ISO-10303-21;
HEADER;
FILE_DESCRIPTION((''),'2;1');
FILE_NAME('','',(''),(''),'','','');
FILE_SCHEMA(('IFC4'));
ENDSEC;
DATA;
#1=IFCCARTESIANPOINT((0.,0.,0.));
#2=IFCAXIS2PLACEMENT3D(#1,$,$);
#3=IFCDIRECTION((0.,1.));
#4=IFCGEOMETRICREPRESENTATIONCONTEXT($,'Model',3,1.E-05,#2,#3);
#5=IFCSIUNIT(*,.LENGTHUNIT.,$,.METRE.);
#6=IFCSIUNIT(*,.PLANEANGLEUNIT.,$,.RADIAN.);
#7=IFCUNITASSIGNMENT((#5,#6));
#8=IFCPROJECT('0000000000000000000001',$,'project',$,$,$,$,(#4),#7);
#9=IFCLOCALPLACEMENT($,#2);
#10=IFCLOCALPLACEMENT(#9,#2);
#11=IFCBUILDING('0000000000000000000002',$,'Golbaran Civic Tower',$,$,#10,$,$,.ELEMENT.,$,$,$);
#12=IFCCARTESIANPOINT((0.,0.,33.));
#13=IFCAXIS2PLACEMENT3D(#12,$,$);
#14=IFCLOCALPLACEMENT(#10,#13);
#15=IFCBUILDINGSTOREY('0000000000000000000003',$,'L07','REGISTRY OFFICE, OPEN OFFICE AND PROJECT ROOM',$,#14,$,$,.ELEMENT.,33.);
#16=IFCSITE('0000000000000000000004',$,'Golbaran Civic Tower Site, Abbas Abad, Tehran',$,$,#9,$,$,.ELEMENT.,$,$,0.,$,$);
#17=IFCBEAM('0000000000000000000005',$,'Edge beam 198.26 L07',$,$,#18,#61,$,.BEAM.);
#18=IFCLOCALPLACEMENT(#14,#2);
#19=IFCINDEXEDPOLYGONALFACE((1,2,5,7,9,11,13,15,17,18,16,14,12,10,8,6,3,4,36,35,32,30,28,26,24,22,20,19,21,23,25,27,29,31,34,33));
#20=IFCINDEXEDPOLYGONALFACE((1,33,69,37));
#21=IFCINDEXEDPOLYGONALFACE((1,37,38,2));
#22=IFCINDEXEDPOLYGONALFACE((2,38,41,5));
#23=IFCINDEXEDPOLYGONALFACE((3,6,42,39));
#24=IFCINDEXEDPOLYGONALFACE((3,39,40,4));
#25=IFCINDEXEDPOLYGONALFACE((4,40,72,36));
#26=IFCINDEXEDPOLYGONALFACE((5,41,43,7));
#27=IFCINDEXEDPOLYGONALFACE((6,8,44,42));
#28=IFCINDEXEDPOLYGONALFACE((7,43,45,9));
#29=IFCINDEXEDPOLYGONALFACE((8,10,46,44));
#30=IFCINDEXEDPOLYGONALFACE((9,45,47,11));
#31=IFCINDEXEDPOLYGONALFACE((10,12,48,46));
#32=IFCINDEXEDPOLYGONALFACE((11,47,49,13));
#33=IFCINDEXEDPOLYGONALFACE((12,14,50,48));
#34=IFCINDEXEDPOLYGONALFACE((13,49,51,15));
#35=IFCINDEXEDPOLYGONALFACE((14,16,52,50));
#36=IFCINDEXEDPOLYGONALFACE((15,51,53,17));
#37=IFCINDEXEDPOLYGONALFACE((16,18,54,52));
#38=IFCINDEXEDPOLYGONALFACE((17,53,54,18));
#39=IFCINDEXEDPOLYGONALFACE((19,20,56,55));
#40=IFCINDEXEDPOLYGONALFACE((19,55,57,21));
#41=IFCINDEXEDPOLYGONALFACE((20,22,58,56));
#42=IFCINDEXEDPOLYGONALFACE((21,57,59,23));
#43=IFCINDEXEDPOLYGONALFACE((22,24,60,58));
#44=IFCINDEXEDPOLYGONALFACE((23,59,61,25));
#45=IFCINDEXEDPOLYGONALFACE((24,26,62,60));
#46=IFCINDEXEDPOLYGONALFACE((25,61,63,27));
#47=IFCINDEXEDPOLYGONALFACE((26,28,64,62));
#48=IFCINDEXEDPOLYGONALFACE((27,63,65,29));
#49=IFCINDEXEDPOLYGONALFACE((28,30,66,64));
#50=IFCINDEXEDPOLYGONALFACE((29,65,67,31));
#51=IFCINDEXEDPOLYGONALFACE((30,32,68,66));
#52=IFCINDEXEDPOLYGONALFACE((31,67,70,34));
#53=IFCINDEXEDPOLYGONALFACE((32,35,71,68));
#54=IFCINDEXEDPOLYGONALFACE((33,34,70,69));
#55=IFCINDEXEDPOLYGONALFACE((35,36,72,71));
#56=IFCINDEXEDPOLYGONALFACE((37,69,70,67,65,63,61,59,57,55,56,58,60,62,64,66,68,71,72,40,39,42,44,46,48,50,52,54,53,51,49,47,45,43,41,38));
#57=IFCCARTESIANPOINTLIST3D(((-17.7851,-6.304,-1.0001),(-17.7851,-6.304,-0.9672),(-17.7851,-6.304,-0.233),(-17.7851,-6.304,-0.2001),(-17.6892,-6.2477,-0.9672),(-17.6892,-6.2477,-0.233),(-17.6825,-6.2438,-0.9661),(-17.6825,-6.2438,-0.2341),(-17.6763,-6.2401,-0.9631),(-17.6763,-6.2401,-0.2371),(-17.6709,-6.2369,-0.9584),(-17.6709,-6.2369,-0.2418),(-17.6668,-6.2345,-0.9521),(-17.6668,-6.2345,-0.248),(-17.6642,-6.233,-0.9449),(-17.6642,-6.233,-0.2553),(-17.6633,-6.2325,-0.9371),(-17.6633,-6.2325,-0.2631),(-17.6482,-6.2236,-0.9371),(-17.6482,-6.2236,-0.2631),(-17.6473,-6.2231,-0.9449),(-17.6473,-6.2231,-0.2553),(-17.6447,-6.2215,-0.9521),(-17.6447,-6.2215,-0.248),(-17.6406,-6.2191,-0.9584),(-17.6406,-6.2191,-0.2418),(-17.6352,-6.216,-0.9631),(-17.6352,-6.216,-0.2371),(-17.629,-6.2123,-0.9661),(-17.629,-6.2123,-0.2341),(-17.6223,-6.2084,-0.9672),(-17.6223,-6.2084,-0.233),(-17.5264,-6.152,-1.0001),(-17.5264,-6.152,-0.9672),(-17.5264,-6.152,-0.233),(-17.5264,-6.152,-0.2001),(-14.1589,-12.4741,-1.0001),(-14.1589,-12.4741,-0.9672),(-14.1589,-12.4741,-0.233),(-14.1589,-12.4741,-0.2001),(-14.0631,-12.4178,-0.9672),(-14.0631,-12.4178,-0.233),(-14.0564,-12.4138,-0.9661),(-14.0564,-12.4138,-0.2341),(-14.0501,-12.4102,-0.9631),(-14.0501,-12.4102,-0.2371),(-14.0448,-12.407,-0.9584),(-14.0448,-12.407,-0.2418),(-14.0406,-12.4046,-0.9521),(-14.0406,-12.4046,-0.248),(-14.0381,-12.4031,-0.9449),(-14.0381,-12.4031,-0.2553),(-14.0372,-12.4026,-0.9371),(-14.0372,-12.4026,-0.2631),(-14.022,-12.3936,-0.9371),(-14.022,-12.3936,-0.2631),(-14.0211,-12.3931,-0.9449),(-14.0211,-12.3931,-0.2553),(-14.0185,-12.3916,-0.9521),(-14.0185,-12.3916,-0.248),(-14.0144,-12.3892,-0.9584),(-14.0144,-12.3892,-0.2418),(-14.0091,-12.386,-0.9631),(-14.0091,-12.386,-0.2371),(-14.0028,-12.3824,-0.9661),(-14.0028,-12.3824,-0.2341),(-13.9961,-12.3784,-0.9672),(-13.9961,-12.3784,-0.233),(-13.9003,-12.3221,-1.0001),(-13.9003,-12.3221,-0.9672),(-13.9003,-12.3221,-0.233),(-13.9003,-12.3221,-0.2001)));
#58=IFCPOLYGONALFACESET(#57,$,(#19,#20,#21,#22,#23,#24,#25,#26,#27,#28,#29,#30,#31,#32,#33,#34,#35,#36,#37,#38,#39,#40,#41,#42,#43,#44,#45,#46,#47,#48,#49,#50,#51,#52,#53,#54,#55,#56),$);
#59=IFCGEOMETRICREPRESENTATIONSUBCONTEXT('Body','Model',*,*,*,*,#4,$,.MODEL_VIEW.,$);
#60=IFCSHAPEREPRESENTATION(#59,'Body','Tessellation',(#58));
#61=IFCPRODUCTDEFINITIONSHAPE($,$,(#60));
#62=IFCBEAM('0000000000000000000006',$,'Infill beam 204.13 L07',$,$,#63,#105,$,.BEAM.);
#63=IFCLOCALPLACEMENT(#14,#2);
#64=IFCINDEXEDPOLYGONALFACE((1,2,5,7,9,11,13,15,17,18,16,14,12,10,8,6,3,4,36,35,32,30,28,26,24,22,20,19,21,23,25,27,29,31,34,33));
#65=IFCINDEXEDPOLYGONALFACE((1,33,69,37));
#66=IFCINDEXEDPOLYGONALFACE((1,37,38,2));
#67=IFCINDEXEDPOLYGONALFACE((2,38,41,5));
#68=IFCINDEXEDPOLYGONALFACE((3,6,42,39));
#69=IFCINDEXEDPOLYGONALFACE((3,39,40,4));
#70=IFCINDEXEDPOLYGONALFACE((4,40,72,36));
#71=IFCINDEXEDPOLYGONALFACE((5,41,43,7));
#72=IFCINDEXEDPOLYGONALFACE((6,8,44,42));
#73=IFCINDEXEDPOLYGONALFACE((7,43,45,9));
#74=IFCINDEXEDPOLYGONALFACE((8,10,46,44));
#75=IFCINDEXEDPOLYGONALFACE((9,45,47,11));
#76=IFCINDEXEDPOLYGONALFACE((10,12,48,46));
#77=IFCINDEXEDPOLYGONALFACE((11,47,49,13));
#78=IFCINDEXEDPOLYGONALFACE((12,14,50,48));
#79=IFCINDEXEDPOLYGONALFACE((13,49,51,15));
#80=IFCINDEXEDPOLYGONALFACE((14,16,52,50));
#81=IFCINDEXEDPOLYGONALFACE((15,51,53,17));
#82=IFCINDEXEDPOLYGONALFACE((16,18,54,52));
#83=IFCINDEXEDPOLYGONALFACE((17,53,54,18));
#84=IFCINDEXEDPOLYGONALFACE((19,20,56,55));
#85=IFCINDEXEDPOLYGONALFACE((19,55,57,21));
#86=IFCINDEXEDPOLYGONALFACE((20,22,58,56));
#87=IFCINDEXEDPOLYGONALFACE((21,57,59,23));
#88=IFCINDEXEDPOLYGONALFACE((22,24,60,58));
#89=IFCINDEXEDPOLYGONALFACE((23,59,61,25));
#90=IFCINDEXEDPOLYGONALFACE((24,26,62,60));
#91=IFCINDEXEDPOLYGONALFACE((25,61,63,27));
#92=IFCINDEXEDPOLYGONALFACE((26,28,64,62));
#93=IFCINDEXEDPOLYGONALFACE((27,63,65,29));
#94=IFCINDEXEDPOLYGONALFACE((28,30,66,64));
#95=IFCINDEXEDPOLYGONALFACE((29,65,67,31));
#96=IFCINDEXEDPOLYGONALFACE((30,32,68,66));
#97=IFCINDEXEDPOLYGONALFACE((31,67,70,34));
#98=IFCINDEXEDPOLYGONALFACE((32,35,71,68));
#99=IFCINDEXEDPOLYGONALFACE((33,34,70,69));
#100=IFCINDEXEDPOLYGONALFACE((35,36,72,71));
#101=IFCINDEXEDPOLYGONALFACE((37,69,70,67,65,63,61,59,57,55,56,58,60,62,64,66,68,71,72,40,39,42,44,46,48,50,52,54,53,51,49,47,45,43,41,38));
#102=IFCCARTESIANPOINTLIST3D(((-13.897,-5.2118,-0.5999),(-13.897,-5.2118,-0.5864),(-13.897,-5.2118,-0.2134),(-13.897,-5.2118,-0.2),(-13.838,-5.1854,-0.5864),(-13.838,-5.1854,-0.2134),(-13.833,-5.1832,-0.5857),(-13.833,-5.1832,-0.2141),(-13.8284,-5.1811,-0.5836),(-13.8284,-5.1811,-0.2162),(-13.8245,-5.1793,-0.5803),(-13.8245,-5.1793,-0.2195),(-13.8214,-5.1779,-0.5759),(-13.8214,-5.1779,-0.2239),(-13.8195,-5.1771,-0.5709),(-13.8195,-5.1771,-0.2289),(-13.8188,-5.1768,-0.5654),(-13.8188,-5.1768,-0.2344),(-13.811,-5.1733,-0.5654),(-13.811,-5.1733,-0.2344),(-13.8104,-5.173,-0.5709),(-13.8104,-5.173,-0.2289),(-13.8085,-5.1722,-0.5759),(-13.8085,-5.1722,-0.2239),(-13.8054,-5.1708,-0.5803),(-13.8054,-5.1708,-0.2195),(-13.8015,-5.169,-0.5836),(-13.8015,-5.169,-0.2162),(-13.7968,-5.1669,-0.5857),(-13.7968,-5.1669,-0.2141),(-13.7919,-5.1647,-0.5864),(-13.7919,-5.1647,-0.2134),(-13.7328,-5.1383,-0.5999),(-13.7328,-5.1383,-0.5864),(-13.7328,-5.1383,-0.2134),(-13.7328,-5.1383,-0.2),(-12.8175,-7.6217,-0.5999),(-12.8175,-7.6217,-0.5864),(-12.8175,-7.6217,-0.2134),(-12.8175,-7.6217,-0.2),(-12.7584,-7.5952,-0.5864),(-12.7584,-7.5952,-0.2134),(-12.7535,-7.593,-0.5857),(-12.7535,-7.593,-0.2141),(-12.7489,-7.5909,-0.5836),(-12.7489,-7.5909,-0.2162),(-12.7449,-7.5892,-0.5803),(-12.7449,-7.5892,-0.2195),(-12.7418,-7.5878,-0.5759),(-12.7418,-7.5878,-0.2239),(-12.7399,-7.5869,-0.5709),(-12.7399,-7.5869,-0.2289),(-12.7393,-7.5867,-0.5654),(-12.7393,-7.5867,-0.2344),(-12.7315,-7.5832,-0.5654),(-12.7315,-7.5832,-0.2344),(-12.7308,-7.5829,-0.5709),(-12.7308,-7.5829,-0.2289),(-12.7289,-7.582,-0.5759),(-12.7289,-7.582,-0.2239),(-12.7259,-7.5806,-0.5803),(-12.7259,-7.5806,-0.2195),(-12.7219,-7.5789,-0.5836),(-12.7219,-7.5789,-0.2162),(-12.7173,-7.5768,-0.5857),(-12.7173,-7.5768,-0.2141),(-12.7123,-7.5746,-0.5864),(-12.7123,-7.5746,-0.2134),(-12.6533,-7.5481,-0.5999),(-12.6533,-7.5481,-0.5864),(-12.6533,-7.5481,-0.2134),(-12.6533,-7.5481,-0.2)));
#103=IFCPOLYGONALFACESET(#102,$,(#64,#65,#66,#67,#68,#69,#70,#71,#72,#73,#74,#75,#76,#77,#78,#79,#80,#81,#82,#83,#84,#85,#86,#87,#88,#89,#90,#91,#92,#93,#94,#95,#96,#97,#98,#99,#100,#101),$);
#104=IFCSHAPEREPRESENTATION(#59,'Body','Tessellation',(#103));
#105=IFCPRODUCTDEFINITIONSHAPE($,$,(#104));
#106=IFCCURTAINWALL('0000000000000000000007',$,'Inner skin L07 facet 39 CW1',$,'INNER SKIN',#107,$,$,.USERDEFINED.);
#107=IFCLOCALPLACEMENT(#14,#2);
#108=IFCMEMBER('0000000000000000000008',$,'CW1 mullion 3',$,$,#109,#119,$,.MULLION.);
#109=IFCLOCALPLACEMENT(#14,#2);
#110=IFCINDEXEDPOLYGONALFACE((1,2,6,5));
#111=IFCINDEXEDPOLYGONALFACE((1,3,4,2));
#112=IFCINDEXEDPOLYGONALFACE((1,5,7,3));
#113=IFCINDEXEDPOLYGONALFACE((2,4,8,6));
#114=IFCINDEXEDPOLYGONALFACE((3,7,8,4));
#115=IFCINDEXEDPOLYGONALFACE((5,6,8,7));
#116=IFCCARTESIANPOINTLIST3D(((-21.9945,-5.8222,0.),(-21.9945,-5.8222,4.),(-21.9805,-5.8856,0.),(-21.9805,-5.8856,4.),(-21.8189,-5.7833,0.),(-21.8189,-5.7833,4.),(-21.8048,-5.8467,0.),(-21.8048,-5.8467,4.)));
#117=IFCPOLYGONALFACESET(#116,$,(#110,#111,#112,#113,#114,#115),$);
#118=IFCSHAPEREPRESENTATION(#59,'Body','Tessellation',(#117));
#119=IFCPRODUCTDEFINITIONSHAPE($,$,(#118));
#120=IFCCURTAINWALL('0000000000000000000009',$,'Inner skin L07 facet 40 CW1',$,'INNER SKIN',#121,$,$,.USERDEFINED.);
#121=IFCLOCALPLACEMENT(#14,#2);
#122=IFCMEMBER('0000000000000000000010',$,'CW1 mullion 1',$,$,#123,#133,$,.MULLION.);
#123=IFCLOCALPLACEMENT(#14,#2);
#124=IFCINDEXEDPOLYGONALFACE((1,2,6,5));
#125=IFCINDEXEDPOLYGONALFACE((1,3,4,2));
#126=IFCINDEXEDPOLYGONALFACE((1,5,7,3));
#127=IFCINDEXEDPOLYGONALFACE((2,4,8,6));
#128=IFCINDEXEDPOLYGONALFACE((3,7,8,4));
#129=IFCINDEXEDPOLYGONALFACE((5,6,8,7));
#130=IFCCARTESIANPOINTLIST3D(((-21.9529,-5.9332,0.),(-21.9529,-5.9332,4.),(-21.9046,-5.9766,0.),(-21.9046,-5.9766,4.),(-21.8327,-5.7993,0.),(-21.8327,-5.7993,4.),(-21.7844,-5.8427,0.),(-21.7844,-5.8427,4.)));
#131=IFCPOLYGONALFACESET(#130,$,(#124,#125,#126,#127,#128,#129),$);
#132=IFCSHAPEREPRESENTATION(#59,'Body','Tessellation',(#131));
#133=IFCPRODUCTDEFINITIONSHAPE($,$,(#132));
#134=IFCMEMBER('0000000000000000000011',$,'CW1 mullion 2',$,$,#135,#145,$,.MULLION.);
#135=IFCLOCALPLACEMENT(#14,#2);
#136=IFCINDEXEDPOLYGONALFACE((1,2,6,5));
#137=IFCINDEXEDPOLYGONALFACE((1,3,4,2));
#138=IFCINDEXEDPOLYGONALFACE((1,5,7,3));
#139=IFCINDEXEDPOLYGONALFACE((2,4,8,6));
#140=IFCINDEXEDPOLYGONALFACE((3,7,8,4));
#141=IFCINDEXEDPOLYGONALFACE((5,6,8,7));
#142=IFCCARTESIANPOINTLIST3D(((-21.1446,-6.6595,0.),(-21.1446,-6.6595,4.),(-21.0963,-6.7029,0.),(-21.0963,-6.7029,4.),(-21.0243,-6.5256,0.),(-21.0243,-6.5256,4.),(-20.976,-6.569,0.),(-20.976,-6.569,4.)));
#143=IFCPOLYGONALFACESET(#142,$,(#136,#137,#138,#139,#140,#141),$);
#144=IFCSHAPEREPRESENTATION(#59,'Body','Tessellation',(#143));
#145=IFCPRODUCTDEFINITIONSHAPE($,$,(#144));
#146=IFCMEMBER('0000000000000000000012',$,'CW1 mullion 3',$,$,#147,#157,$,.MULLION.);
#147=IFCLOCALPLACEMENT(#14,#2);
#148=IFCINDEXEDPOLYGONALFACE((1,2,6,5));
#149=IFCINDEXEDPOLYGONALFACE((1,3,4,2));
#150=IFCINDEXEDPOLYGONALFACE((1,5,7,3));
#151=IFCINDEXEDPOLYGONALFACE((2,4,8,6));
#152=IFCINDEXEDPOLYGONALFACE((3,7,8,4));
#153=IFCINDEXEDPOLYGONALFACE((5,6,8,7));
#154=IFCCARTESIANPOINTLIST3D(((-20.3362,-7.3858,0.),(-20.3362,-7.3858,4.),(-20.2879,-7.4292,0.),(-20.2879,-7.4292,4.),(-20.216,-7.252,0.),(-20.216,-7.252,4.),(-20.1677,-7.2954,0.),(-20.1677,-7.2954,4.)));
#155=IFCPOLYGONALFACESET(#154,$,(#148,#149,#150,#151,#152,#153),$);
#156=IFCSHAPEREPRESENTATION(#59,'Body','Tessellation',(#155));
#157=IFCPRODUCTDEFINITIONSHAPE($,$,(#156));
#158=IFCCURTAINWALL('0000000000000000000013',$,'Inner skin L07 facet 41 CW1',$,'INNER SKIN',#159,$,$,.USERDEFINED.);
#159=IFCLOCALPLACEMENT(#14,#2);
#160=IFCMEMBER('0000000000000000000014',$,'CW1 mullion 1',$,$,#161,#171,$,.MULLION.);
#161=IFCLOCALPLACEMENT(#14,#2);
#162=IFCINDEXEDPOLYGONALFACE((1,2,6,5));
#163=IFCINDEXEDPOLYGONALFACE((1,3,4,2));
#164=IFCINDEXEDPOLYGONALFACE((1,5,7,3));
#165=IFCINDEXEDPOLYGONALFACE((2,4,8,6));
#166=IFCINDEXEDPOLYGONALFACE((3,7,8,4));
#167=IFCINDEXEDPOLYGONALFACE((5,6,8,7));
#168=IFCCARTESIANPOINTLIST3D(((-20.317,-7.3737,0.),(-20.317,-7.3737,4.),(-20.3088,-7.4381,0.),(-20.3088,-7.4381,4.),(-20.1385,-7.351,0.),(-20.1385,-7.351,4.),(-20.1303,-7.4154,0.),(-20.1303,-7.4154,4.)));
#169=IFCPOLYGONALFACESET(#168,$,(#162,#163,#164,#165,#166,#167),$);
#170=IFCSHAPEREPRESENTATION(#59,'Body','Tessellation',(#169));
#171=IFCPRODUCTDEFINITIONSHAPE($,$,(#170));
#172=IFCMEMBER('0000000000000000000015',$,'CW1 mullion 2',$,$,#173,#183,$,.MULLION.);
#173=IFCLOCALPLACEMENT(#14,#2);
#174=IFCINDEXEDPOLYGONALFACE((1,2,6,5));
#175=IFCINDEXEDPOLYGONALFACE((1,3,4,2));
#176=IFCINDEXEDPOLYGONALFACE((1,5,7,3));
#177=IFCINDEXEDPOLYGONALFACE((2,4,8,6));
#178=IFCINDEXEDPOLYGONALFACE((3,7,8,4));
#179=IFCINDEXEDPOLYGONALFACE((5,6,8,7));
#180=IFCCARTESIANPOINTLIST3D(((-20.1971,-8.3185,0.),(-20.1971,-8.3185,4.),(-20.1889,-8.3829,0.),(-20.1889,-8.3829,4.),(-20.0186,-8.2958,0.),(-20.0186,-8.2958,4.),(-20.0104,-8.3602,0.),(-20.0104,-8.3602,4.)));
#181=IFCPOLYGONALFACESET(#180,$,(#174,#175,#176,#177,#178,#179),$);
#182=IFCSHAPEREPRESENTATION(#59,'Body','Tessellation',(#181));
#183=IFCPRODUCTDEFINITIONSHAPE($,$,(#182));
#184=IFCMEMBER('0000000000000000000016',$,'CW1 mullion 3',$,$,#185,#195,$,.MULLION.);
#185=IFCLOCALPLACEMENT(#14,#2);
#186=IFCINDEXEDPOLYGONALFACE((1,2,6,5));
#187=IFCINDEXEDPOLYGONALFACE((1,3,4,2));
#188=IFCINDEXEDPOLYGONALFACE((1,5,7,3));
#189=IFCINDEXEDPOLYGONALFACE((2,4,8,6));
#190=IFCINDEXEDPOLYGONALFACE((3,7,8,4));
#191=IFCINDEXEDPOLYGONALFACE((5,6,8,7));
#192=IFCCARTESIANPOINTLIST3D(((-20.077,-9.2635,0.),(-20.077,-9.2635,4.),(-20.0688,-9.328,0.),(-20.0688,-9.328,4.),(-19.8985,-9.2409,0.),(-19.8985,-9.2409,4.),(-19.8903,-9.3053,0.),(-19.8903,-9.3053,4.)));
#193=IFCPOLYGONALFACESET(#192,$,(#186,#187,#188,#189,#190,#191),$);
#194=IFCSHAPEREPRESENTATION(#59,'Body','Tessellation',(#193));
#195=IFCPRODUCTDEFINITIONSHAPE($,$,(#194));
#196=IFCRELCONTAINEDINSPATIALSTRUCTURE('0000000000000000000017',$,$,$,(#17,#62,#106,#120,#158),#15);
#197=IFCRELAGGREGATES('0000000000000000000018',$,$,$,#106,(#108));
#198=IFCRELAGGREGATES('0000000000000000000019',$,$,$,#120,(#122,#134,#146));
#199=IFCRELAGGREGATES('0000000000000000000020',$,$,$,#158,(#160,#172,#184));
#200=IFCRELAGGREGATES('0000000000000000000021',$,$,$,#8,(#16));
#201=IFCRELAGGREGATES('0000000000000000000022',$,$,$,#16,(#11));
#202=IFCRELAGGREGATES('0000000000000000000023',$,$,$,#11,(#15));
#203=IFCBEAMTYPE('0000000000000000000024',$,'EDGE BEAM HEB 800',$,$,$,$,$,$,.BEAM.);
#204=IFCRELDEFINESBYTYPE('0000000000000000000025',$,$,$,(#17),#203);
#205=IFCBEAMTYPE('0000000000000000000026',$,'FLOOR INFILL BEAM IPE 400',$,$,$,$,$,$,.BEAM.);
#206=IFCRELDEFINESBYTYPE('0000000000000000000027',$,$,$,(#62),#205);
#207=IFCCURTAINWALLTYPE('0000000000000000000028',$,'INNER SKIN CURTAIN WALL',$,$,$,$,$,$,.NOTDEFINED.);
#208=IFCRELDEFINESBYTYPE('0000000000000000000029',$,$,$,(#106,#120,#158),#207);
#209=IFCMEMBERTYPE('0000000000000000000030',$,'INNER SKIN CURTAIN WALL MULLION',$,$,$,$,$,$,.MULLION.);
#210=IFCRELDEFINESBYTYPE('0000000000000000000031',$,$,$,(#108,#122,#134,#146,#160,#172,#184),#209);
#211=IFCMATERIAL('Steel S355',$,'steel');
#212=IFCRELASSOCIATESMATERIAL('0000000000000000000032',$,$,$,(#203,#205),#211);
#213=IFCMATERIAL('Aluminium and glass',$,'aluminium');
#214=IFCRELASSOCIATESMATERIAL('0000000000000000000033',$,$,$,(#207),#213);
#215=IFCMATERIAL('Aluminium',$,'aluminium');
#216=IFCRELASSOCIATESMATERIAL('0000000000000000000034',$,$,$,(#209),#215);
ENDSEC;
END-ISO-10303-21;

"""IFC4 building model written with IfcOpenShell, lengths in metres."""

from ifc_helpers import new_model, si_unit, direction, frame, origin, origin_2d, place, context, subcontext, project, spatial, rectangle, i_section, extrude, material, material_profile, profile_set, type_object, element, aggregate, save


model = new_model("IFC4")

# Units and contexts
model_context = context("Model", 3, precision=1e-05, world=origin(), true_north=direction((0.0, 1.0)))
body_context = subcontext(model_context, "Body", "Model", "MODEL_VIEW")
ifc_project = project(units=[si_unit("LENGTHUNIT", "METRE"), si_unit("PLANEANGLEUNIT", "RADIAN")], contexts=[model_context])

# Site, building, storey
site_placement = place(None, origin())
site = spatial("IfcSite", under=ifc_project, at=site_placement, Name="Golbaran Civic Tower Site, Abbas Abad, Tehran", CompositionType="ELEMENT", RefElevation=0.0)
building_placement = place(site_placement, origin())
building = spatial("IfcBuilding", under=site, at=building_placement, Name="Golbaran Civic Tower", CompositionType="ELEMENT")
storey_placement = place(building_placement, frame((0.0, 0.0, 33.0)))
storey = spatial("IfcBuildingStorey", under=building, at=storey_placement, Name="L07", Description="REGISTRY OFFICE, OPEN OFFICE AND PROJECT ROOM", CompositionType="ELEMENT", Elevation=33.0)

# Beams
ifc_material_1 = material(Name="Steel S355", Category="steel")
ifc_material_profile_1 = material_profile(ifc_material_1, i_section(OverallWidth=0.3, OverallDepth=0.8, WebThickness=0.0176, FlangeThickness=0.033, FilletRadius=0.03, at=origin_2d()), Name="HEB 800")
ifc_profile_set_1 = profile_set([ifc_material_profile_1], Name="Steel S355")
beam_type_1 = type_object("IfcBeamType", Name="EDGE BEAM HEB 800", PredefinedType="BEAM", material=ifc_profile_set_1)
beam_1_placement = place(storey_placement, frame((-17.6558, -6.228, -0.6001), z_axis=(0.506679, -0.862135, 0.0), x_axis=(0.862135, 0.506679, 0.0)))
element("IfcBeam", 1, at=beam_1_placement, inside=storey, type_object=beam_type_1, Name="Edge beam 198.26 L07", PredefinedType="BEAM", context=body_context, shape_type="SweptSolid", body=[
    extrude(i_section(OverallWidth=0.3, OverallDepth=0.8, WebThickness=0.0176, FlangeThickness=0.033, FilletRadius=0.03, at=origin_2d()), origin(), (0.0, 0.0, 1.0), 7.1567),
])
ifc_material_profile_2 = material_profile(ifc_material_1, i_section(OverallWidth=0.1799, OverallDepth=0.3999, WebThickness=0.0085, FlangeThickness=0.0134, FilletRadius=0.021, at=origin_2d()), Name="IPE 400")
ifc_profile_set_2 = profile_set([ifc_material_profile_2], Name="Steel S355")
beam_type_2 = type_object("IfcBeamType", Name="FLOOR INFILL BEAM IPE 400", PredefinedType="BEAM", material=ifc_profile_set_2)
beam_2_placement = place(storey_placement, frame((-13.8149, -5.175, -0.3999), z_axis=(0.40883, -0.91261, 0.0), x_axis=(0.91261, 0.40883, 0.0)))
element("IfcBeam", 2, at=beam_2_placement, inside=storey, type_object=beam_type_2, Name="Infill beam 204.13 L07", PredefinedType="BEAM", context=body_context, shape_type="SweptSolid", body=[
    extrude(i_section(OverallWidth=0.1799, OverallDepth=0.3999, WebThickness=0.0085, FlangeThickness=0.0134, FilletRadius=0.021, at=origin_2d()), origin(), (0.0, 0.0, 1.0), 2.6406),
])

# Curtain wall, member
ifc_material_2 = material(Name="Aluminium and glass", Category="aluminium")
curtain_wall_type = type_object("IfcCurtainWallType", Name="INNER SKIN CURTAIN WALL", PredefinedType="NOTDEFINED", material=ifc_material_2)
curtain_wall_1_placement = place(storey_placement, origin())
curtain_wall_1 = element("IfcCurtainWall", 3, at=curtain_wall_1_placement, inside=storey, type_object=curtain_wall_type, Name="Inner skin L07 facet 39 CW1", ObjectType="INNER SKIN", PredefinedType="USERDEFINED")
ifc_material_3 = material(Name="Aluminium", Category="aluminium")
ifc_material_profile_3 = material_profile(ifc_material_3, rectangle(XDim=0.1799, YDim=0.0649, at=origin_2d()), Name="INNER SKIN CURTAIN WALL MULLION")
ifc_profile_set_3 = profile_set([ifc_material_profile_3], Name="Aluminium")
member_type_1 = type_object("IfcMemberType", Name="INNER SKIN CURTAIN WALL MULLION", PredefinedType="MULLION", material=ifc_profile_set_3)
member_1_placement = place(storey_placement, frame((-21.8997, -5.8345, 0.0), z_axis=(0.0, 0.0, 1.0), x_axis=(0.976296, 0.21644, 0.0)))
member_1 = element("IfcMember", 4, at=member_1_placement, type_object=member_type_1, Name="CW1 mullion 3", PredefinedType="MULLION", context=body_context, shape_type="SweptSolid", body=[
    extrude(rectangle(XDim=0.1799, YDim=0.0649, at=origin_2d()), origin(), (0.0, 0.0, 1.0), 4.0),
])

# Curtain walls, members
curtain_wall_2_placement = place(storey_placement, origin())
curtain_wall_2 = element("IfcCurtainWall", 5, at=curtain_wall_2_placement, inside=storey, type_object=curtain_wall_type, Name="Inner skin L07 facet 40 CW1", ObjectType="INNER SKIN", PredefinedType="USERDEFINED")
member_2_placement = place(storey_placement, frame((-21.8687, -5.8879, 0.0), z_axis=(0.0, 0.0, 1.0), x_axis=(0.66842, 0.743784, 0.0)))
member_2 = element("IfcMember", 6, at=member_2_placement, type_object=member_type_1, Name="CW1 mullion 1", PredefinedType="MULLION", context=body_context, shape_type="SweptSolid", body=[
    extrude(rectangle(XDim=0.1799, YDim=0.0649, at=origin_2d()), origin(), (0.0, 0.0, 1.0), 4.0),
])
member_3_placement = place(storey_placement, frame((-21.0603, -6.6143, 0.0), z_axis=(0.0, 0.0, 1.0), x_axis=(0.66842, 0.743784, 0.0)))
member_3 = element("IfcMember", 7, at=member_3_placement, type_object=member_type_1, Name="CW1 mullion 2", PredefinedType="MULLION", context=body_context, shape_type="SweptSolid", body=[
    extrude(rectangle(XDim=0.1799, YDim=0.0649, at=origin_2d()), origin(), (0.0, 0.0, 1.0), 4.0),
])
member_4_placement = place(storey_placement, frame((-20.252, -7.3406, 0.0), z_axis=(0.0, 0.0, 1.0), x_axis=(0.66842, 0.743784, 0.0)))
member_4 = element("IfcMember", 8, at=member_4_placement, type_object=member_type_1, Name="CW1 mullion 3", PredefinedType="MULLION", context=body_context, shape_type="SweptSolid", body=[
    extrude(rectangle(XDim=0.1799, YDim=0.0649, at=origin_2d()), origin(), (0.0, 0.0, 1.0), 4.0),
])
curtain_wall_3_placement = place(storey_placement, origin())
curtain_wall_3 = element("IfcCurtainWall", 9, at=curtain_wall_3_placement, inside=storey, type_object=curtain_wall_type, Name="Inner skin L07 facet 41 CW1", ObjectType="INNER SKIN", PredefinedType="USERDEFINED")
member_5_placement = place(storey_placement, frame((-20.2236, -7.3945, 0.0), z_axis=(0.0, 0.0, 1.0), x_axis=(0.992027, 0.126024, 0.0)))
member_5 = element("IfcMember", 10, at=member_5_placement, type_object=member_type_1, Name="CW1 mullion 1", PredefinedType="MULLION", context=body_context, shape_type="SweptSolid", body=[
    extrude(rectangle(XDim=0.1799, YDim=0.0649, at=origin_2d()), origin(), (0.0, 0.0, 1.0), 4.0),
])
member_6_placement = place(storey_placement, frame((-20.1038, -8.3394, 0.0), z_axis=(0.0, 0.0, 1.0), x_axis=(0.992027, 0.126024, 0.0)))
member_6 = element("IfcMember", 11, at=member_6_placement, type_object=member_type_1, Name="CW1 mullion 2", PredefinedType="MULLION", context=body_context, shape_type="SweptSolid", body=[
    extrude(rectangle(XDim=0.1799, YDim=0.0649, at=origin_2d()), origin(), (0.0, 0.0, 1.0), 4.0),
])
member_7_placement = place(storey_placement, frame((-19.9836, -9.2844, 0.0), z_axis=(0.0, 0.0, 1.0), x_axis=(0.992027, 0.126024, 0.0)))
member_7 = element("IfcMember", 12, at=member_7_placement, type_object=member_type_1, Name="CW1 mullion 3", PredefinedType="MULLION", context=body_context, shape_type="SweptSolid", body=[
    extrude(rectangle(XDim=0.1799, YDim=0.0649, at=origin_2d()), origin(), (0.0, 0.0, 1.0), 4.0),
])

aggregate(curtain_wall_1, [member_1])
aggregate(curtain_wall_2, [member_2, member_3, member_4])
aggregate(curtain_wall_3, [member_5, member_6, member_7])

save(model, "model.ifc")
